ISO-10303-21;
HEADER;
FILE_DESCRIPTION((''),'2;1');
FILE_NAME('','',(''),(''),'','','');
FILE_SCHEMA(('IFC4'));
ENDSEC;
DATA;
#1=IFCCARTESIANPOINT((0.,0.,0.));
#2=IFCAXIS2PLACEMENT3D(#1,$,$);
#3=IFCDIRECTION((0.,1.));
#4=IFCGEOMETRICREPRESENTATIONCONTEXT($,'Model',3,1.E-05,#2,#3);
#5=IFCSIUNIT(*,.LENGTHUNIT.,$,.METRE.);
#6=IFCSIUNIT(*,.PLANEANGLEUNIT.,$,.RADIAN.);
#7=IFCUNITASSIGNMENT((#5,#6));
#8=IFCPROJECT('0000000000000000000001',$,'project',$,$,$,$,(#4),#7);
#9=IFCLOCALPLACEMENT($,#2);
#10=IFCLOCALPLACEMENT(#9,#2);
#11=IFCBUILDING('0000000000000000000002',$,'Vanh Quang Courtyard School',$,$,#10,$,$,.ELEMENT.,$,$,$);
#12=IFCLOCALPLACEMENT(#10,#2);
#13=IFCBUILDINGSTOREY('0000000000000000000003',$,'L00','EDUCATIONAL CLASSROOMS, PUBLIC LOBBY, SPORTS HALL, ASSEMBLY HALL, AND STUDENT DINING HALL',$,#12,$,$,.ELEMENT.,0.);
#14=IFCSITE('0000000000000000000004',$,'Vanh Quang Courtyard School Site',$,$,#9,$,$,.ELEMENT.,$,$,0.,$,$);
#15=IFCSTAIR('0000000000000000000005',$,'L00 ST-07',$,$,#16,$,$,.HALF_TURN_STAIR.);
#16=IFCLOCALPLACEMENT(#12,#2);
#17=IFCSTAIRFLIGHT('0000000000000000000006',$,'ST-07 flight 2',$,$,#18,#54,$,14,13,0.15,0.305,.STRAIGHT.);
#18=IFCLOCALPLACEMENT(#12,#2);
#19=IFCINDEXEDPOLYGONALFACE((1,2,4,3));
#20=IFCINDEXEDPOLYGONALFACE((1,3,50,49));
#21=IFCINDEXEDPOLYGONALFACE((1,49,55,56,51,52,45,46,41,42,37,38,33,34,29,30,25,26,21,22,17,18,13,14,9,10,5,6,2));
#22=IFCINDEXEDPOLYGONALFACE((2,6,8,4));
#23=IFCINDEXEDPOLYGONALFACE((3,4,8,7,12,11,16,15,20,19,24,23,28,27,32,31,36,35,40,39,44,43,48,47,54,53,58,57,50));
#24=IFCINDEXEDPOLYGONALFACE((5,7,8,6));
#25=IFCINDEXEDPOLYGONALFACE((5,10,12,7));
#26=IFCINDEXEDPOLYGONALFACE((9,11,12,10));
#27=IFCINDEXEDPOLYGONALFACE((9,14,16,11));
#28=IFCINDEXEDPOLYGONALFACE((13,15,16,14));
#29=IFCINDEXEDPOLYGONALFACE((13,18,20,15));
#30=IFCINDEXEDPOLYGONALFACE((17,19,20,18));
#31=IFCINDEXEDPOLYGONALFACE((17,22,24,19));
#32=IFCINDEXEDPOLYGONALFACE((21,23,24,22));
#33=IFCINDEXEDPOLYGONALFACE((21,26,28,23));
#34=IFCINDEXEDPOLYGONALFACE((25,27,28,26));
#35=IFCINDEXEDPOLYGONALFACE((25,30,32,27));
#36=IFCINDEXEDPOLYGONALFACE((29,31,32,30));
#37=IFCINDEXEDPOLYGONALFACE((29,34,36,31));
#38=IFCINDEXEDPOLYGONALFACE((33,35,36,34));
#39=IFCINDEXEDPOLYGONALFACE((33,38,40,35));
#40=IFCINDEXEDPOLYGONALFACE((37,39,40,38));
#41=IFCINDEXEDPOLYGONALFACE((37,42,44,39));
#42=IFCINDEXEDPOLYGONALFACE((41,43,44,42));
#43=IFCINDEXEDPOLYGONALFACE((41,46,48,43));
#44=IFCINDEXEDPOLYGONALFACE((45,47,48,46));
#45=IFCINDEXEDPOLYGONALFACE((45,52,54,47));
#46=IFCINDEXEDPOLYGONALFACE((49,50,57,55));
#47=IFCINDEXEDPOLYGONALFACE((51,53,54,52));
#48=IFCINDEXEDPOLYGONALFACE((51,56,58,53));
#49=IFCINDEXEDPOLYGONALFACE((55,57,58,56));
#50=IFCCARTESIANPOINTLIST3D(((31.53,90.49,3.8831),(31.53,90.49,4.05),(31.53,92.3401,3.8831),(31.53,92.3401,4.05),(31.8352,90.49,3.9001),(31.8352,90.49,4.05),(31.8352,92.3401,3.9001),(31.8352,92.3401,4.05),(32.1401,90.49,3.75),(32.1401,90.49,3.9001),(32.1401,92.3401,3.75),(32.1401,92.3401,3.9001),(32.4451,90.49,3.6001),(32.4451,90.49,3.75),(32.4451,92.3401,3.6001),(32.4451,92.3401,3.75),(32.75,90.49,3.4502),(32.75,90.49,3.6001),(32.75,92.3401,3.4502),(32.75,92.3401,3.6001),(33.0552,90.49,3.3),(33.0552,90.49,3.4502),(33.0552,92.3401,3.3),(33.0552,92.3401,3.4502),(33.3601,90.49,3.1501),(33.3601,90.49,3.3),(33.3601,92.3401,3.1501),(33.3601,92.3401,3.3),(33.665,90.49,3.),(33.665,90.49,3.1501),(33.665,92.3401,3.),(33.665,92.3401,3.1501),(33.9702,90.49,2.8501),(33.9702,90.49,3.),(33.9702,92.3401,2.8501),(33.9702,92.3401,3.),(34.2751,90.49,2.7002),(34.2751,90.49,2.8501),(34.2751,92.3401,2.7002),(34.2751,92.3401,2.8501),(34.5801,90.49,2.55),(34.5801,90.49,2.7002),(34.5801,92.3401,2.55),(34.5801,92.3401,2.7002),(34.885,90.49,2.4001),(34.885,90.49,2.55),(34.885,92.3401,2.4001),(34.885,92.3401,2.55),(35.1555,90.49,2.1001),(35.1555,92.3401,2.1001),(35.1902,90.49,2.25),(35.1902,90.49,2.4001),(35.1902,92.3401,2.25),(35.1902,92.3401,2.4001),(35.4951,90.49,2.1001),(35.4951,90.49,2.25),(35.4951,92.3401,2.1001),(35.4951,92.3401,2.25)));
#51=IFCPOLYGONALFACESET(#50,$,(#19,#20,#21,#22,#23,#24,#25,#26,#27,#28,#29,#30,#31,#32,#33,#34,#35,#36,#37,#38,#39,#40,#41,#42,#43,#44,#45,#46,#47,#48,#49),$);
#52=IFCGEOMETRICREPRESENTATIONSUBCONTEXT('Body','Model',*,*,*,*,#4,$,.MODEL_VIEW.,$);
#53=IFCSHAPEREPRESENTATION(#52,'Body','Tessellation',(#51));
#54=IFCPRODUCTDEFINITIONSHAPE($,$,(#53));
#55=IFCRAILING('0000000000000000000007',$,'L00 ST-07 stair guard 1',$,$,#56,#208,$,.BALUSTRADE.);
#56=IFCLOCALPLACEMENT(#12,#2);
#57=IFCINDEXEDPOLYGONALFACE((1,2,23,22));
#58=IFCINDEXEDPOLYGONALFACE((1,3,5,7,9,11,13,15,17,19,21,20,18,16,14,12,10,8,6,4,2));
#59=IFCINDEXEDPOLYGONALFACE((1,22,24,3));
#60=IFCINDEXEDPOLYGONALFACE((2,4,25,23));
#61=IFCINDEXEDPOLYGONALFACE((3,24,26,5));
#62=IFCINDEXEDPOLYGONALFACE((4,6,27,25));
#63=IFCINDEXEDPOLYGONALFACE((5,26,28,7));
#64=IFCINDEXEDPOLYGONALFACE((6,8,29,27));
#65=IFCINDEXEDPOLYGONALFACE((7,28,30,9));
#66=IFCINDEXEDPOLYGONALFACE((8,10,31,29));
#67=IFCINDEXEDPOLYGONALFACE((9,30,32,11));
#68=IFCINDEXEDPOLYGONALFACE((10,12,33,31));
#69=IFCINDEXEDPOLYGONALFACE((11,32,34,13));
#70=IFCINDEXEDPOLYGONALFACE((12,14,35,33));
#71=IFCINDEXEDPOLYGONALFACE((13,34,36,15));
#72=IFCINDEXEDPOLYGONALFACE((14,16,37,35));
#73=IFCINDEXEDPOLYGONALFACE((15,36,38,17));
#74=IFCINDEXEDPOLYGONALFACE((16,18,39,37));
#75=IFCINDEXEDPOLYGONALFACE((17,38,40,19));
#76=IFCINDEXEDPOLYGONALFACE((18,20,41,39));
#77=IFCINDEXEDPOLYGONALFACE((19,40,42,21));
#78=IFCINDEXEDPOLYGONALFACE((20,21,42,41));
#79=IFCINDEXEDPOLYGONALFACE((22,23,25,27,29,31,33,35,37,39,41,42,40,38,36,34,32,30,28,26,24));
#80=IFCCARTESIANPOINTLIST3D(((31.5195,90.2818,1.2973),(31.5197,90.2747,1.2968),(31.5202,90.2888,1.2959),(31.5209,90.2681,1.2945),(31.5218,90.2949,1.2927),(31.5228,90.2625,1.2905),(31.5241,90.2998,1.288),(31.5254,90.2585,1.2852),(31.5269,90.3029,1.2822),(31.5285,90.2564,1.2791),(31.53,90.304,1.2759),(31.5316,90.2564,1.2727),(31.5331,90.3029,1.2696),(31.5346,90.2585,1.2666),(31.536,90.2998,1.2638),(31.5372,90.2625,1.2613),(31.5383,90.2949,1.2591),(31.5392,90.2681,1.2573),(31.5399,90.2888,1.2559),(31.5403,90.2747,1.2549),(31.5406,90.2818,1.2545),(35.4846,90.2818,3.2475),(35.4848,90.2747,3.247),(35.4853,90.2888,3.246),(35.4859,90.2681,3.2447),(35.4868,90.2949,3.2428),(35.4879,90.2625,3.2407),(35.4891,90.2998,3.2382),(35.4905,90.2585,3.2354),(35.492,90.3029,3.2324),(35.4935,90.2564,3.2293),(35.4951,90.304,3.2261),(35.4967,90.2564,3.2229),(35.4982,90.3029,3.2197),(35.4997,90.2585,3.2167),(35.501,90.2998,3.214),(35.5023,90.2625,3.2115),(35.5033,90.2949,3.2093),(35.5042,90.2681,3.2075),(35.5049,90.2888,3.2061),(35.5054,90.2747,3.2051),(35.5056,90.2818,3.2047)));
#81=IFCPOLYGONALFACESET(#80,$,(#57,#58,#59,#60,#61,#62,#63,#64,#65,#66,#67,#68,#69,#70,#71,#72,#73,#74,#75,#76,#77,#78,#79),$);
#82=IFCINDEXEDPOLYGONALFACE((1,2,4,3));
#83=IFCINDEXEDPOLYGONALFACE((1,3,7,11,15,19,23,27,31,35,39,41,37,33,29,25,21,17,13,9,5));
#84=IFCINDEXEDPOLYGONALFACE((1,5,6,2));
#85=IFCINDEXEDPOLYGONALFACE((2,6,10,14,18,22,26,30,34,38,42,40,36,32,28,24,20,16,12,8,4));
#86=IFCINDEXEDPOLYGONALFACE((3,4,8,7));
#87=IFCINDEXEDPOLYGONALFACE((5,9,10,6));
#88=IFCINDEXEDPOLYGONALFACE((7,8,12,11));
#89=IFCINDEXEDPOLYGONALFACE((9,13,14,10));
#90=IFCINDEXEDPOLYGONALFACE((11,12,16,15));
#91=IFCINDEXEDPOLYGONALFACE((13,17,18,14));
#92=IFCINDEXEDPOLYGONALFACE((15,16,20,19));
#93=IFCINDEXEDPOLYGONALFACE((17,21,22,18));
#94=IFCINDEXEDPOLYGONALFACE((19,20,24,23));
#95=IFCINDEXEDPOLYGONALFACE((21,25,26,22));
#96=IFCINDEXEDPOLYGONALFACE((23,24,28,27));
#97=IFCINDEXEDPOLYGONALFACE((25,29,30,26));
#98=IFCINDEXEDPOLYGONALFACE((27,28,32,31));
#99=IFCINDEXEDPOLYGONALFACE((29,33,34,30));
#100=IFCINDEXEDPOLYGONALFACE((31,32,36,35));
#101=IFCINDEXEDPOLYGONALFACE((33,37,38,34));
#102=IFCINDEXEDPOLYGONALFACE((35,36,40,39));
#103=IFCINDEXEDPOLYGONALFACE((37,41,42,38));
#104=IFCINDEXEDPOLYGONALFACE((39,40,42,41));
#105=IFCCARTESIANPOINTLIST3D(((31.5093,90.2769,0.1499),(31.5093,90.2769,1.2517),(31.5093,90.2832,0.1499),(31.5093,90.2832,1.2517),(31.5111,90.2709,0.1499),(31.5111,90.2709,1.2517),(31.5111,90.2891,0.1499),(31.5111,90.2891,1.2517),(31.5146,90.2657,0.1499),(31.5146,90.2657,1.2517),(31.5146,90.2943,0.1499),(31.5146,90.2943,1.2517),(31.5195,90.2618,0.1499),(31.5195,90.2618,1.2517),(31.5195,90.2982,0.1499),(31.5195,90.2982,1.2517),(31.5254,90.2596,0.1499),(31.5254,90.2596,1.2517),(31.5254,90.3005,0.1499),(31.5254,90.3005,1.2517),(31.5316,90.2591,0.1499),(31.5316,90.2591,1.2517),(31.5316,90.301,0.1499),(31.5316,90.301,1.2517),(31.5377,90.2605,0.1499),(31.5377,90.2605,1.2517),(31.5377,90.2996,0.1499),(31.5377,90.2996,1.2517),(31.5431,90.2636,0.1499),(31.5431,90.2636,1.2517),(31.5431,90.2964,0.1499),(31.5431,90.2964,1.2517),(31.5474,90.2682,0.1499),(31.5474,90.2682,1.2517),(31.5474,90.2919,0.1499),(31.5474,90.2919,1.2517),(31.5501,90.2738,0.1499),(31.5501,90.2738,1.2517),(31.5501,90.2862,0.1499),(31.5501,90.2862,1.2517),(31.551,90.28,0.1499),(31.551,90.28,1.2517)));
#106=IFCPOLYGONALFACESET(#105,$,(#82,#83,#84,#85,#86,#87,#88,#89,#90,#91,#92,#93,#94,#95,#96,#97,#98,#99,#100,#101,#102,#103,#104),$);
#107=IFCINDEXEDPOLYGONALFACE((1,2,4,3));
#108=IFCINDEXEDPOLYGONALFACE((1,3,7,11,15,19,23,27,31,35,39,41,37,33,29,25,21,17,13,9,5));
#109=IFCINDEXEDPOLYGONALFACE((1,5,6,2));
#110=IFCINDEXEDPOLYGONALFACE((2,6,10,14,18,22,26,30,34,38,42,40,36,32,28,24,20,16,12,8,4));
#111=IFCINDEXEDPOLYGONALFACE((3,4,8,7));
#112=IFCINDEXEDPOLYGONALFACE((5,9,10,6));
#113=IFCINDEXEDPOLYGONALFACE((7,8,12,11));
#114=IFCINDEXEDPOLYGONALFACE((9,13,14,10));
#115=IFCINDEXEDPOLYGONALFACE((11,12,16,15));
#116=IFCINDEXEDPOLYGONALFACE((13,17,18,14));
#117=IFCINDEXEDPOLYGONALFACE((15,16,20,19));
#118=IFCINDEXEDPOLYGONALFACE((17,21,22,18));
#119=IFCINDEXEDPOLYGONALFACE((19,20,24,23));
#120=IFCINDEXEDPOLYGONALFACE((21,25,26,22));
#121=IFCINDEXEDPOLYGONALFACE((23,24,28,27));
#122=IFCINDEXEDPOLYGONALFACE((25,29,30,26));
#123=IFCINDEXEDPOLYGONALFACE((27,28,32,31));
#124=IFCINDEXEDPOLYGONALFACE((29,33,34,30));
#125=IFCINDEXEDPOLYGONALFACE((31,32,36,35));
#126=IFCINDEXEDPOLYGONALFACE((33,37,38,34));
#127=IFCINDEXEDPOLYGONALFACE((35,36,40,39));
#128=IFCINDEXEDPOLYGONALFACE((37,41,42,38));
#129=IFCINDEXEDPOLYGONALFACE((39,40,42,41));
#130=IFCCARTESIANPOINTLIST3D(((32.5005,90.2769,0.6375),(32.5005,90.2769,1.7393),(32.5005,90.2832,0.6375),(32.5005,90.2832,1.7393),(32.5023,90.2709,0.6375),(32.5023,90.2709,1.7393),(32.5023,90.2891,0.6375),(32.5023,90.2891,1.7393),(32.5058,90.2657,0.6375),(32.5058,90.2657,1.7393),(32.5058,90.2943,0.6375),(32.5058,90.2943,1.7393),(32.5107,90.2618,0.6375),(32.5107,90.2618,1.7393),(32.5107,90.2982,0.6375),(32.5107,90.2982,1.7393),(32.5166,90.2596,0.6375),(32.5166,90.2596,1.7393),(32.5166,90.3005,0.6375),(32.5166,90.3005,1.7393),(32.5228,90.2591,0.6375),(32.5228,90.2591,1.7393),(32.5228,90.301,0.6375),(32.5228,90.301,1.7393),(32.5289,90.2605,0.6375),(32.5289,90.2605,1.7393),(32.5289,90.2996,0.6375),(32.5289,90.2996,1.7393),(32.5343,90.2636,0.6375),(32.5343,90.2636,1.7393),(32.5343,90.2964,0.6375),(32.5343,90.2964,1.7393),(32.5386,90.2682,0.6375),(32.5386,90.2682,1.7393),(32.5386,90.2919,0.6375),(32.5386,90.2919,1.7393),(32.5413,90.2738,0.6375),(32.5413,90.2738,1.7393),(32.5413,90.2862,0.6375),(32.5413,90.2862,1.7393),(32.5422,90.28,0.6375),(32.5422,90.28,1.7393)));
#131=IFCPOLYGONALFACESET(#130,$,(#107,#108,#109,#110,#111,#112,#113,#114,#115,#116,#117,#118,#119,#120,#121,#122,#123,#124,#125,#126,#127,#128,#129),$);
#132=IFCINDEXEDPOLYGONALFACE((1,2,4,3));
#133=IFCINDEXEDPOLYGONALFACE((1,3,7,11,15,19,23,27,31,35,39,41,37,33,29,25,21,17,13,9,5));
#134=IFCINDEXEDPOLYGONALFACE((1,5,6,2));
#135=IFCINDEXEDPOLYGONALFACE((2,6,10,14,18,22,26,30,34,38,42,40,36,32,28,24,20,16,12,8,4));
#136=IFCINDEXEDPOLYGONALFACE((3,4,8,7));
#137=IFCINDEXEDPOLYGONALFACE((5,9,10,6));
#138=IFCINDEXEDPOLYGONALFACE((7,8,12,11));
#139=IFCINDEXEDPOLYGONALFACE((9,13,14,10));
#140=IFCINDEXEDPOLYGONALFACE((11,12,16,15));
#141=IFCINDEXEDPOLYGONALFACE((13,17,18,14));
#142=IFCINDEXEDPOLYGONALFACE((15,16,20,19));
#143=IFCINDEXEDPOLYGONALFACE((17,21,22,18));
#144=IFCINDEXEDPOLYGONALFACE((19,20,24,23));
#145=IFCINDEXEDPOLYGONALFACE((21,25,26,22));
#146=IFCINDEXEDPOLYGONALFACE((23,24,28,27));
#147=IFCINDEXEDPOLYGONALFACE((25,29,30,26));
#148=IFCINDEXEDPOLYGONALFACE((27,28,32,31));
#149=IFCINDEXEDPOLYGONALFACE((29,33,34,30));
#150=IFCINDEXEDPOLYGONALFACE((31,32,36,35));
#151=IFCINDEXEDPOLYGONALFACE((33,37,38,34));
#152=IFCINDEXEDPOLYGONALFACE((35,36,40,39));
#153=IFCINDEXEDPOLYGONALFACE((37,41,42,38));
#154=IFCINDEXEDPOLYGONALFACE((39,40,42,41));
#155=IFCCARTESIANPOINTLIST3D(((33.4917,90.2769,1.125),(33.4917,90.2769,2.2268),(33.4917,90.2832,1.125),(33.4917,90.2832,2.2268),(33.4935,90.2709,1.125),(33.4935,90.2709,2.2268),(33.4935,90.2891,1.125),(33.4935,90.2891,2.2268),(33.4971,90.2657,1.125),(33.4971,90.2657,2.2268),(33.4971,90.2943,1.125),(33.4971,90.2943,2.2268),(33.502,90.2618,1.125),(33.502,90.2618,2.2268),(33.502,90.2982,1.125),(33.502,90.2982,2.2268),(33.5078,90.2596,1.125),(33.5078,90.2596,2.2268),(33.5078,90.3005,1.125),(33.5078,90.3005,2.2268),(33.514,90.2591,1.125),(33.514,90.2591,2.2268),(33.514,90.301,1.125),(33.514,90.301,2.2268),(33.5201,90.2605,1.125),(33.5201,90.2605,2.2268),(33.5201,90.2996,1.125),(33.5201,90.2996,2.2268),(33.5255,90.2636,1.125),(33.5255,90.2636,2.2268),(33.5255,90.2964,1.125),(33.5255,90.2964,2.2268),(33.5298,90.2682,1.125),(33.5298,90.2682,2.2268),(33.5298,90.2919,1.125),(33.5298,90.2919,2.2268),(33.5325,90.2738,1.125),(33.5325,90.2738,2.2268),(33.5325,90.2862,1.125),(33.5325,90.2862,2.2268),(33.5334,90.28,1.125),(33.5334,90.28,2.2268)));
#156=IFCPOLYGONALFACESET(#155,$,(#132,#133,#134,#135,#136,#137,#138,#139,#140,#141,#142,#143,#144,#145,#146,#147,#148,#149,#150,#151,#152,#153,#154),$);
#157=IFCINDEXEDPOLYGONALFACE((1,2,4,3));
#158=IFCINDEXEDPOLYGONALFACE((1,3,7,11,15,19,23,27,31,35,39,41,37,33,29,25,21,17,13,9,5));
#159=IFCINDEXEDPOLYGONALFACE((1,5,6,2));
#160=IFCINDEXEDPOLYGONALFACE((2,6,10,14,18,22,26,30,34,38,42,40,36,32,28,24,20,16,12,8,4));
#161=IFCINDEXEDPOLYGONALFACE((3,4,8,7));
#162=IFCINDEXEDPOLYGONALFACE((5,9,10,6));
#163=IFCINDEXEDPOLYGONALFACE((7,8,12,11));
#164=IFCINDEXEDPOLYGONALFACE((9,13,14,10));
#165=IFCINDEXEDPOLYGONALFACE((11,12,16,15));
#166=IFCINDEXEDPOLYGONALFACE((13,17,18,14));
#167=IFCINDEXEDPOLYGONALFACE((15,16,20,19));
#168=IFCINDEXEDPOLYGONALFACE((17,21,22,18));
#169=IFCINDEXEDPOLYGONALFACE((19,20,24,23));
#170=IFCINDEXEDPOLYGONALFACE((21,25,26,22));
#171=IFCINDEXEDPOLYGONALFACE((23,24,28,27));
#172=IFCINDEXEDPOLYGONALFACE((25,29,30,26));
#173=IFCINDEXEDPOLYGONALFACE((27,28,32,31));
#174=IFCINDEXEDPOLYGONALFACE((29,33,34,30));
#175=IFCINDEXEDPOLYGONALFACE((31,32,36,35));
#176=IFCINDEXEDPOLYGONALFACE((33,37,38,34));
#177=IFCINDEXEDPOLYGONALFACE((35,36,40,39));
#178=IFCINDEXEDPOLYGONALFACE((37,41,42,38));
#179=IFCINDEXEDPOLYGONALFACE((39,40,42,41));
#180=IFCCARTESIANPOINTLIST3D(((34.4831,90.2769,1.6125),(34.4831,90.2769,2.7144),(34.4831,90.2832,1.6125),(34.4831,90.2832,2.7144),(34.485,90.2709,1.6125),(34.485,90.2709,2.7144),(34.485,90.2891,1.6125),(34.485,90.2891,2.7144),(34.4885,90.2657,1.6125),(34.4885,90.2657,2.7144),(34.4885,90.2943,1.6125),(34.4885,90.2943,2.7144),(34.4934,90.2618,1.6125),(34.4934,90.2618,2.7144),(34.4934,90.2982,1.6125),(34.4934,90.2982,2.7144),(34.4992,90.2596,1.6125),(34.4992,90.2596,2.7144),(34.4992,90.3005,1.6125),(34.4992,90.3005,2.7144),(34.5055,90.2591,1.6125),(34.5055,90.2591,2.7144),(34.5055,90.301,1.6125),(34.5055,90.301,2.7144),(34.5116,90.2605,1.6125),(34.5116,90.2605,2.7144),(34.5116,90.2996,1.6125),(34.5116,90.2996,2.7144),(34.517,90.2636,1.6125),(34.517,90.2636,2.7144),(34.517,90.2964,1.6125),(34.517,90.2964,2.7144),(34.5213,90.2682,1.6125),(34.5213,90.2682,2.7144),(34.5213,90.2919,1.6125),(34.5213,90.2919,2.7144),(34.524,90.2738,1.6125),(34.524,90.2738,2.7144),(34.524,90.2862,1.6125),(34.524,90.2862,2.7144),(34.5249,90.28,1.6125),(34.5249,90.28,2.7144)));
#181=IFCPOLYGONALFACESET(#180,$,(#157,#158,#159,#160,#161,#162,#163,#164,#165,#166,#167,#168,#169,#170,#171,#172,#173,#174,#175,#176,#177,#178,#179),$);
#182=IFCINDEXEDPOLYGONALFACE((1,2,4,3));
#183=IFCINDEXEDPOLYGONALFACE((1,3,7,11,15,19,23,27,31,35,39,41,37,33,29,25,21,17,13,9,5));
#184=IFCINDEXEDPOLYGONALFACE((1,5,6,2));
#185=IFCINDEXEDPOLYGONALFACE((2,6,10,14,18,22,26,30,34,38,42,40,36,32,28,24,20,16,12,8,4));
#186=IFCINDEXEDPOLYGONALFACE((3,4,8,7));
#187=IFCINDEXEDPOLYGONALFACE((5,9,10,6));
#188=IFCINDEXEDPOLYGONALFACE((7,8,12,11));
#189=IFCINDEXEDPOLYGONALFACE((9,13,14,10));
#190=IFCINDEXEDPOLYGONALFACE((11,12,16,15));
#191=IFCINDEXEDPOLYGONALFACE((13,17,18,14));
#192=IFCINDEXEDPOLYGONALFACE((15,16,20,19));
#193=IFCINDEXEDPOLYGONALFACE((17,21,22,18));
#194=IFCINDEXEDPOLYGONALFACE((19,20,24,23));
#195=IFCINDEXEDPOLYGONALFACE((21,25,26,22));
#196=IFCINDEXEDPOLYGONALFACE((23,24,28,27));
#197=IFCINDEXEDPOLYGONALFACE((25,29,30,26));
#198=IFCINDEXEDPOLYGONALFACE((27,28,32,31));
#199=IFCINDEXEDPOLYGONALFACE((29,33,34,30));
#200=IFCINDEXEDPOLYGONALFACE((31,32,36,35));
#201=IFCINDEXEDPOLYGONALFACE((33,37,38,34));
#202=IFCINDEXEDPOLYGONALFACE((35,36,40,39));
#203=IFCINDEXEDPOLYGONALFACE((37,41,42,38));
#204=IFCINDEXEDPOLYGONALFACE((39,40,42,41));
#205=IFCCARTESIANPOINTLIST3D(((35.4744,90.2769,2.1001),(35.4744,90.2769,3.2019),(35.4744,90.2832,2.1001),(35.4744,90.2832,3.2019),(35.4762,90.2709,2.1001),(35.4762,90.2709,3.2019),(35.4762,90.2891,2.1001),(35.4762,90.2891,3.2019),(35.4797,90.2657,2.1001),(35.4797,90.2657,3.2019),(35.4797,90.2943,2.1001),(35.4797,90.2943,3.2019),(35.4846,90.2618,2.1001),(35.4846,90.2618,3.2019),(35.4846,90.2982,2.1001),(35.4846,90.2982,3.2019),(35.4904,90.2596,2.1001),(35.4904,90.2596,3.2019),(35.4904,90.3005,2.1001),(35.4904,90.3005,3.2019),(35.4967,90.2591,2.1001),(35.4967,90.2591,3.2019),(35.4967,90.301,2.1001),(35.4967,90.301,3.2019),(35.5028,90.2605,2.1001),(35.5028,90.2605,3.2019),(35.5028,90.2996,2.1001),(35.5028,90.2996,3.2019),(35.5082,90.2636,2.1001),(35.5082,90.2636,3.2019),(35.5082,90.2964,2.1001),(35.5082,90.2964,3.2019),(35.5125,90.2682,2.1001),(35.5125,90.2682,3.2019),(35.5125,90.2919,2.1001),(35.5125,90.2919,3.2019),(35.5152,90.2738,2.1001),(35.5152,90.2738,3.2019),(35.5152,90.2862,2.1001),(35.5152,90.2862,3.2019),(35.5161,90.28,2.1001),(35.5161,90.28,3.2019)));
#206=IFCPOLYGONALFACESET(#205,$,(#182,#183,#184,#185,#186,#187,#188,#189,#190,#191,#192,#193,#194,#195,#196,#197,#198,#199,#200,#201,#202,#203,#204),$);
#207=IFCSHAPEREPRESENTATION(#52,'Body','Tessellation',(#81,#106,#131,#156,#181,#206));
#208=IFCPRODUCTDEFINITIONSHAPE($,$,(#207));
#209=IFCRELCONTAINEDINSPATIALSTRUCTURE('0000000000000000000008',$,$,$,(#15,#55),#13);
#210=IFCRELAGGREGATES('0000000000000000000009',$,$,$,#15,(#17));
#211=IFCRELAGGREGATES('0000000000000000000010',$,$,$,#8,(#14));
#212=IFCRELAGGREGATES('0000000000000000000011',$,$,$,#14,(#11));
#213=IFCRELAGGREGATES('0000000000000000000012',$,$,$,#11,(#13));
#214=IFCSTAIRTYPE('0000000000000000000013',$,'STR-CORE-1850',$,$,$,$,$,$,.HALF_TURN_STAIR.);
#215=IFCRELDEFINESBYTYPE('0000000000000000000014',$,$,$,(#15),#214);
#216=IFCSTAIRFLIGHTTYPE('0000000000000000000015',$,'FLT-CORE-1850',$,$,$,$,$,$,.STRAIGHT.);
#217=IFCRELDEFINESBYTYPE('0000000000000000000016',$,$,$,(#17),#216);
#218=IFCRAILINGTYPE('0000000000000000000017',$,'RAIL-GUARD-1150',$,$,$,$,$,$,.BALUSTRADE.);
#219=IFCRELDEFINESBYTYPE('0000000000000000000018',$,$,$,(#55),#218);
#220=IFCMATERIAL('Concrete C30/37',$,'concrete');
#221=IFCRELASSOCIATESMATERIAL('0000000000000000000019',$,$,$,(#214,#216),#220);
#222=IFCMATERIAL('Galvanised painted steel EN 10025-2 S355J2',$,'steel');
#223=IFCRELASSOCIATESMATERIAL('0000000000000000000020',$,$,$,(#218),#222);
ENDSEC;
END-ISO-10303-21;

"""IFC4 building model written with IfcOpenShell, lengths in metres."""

from ifc_helpers import new_model, si_unit, direction, frame, origin, origin_2d, place, context, subcontext, project, spatial, polyline, circle, outline, extrude, material, type_object, element, aggregate, save


model = new_model("IFC4")

# Units and contexts
model_context = context("Model", 3, precision=1e-05, world=origin(), true_north=direction((0.0, 1.0)))
body_context = subcontext(model_context, "Body", "Model", "MODEL_VIEW")
ifc_project = project(units=[si_unit("LENGTHUNIT", "METRE"), si_unit("PLANEANGLEUNIT", "RADIAN")], contexts=[model_context])

# Site, building, storey
site_placement = place(None, origin())
site = spatial("IfcSite", under=ifc_project, at=site_placement, Name="Vanh Quang Courtyard School Site", CompositionType="ELEMENT", RefElevation=0.0)
building_placement = place(site_placement, origin())
building = spatial("IfcBuilding", under=site, at=building_placement, Name="Vanh Quang Courtyard School", CompositionType="ELEMENT")
storey_placement = place(building_placement, origin())
storey = spatial("IfcBuildingStorey", under=building, at=storey_placement, Name="L00", Description="EDUCATIONAL CLASSROOMS, PUBLIC LOBBY, SPORTS HALL, ASSEMBLY HALL, AND STUDENT DINING HALL", CompositionType="ELEMENT", Elevation=0.0)

# Shared definitions
ifc_material_1 = material(Name="Concrete C30/37", Category="concrete")

# Stair, stair flight
stair_type = type_object("IfcStairType", Name="STR-CORE-1850", PredefinedType="HALF_TURN_STAIR", material=ifc_material_1)
stair_placement = place(storey_placement, origin())
stair = element("IfcStair", 1, at=stair_placement, inside=storey, type_object=stair_type, Name="L00 ST-07", PredefinedType="HALF_TURN_STAIR")
stair_flight_type = type_object("IfcStairFlightType", Name="FLT-CORE-1850", PredefinedType="STRAIGHT", material=ifc_material_1)
stair_flight_1_placement = place(storey_placement, frame((35.4951, 91.415, 2.1001), z_axis=(0.0, 0.0, 1.0), x_axis=(-1.0, 0.0, 0.0)))
stair_flight_1 = element("IfcStairFlight", 2, at=stair_flight_1_placement, type_object=stair_flight_type, Name="ST-07 flight 2", NumberOfRisers=14, NumberOfTreads=13, PredefinedType="STRAIGHT", RiserHeight=0.15, TreadLength=0.305, context=body_context, shape_type="SweptSolid", body=[
    extrude(outline(polyline([(0.0, 0.0), (0.0, 0.1499), (0.3049, 0.1499), (0.3049, 0.3), (0.6101, 0.3), (0.6101, 0.45), (0.915, 0.45), (0.915, 0.6001), (1.22, 0.6001), (1.22, 0.75), (1.5249, 0.75), (1.5249, 0.8999), (1.8301, 0.8999), (1.8301, 1.05), (2.135, 1.05), (2.135, 1.2), (2.4399, 1.2), (2.4399, 1.3501), (2.7451, 1.3501), (2.7451, 1.5), (3.05, 1.5), (3.05, 1.6499), (3.355, 1.6499), (3.355, 1.8), (3.6599, 1.8), (3.6599, 1.95), (3.9651, 1.95), (3.9651, 2.1001), (3.9651, 1.783), (0.3396, 0.0), (0.0, 0.0)])), frame((0.0, 0.925, 0.0), z_axis=(0.0, -1.0, 0.0), x_axis=(1.0, 0.0, 0.0)), (0.0, 0.0, 1.0), 1.8501),
])
aggregate(stair, [stair_flight_1])

# Railing
ifc_material_2 = material(Name="Galvanised painted steel EN 10025-2 S355J2", Category="steel")
railing_type_1 = type_object("IfcRailingType", Name="RAIL-GUARD-1150", PredefinedType="BALUSTRADE", material=ifc_material_2)
railing_1_placement = place(storey_placement, frame((31.53, 90.28, 0.1499)))
element("IfcRailing", 3, at=railing_1_placement, inside=storey, type_object=railing_type_1, Name="L00 ST-07 stair guard 1", PredefinedType="BALUSTRADE", context=body_context, shape_type="SweptSolid", body=[
    extrude(circle(Radius=0.0239, at=origin_2d()), frame((0.0, 0.0, 1.126), z_axis=(0.897336, 0.0, 0.441347), x_axis=(0.0, 1.0, 0.0)), (0.0, 0.0, 1.0), 4.4187),
    extrude(circle(Radius=0.021, at=origin_2d()), origin(), (0.0, 0.0, 1.0), 1.1018),
    extrude(circle(Radius=0.021, at=origin_2d()), frame((0.9912, 0.0, 0.4875)), (0.0, 0.0, 1.0), 1.1018),
    extrude(circle(Radius=0.021, at=origin_2d()), frame((1.9824, 0.0, 0.9751)), (0.0, 0.0, 1.0), 1.1018),
    extrude(circle(Radius=0.021, at=origin_2d()), frame((2.9739, 0.0, 1.4626)), (0.0, 0.0, 1.0), 1.1018),
    extrude(circle(Radius=0.021, at=origin_2d()), frame((3.9651, 0.0, 1.9502)), (0.0, 0.0, 1.0), 1.1018),
])

save(model, "model.ifc")
